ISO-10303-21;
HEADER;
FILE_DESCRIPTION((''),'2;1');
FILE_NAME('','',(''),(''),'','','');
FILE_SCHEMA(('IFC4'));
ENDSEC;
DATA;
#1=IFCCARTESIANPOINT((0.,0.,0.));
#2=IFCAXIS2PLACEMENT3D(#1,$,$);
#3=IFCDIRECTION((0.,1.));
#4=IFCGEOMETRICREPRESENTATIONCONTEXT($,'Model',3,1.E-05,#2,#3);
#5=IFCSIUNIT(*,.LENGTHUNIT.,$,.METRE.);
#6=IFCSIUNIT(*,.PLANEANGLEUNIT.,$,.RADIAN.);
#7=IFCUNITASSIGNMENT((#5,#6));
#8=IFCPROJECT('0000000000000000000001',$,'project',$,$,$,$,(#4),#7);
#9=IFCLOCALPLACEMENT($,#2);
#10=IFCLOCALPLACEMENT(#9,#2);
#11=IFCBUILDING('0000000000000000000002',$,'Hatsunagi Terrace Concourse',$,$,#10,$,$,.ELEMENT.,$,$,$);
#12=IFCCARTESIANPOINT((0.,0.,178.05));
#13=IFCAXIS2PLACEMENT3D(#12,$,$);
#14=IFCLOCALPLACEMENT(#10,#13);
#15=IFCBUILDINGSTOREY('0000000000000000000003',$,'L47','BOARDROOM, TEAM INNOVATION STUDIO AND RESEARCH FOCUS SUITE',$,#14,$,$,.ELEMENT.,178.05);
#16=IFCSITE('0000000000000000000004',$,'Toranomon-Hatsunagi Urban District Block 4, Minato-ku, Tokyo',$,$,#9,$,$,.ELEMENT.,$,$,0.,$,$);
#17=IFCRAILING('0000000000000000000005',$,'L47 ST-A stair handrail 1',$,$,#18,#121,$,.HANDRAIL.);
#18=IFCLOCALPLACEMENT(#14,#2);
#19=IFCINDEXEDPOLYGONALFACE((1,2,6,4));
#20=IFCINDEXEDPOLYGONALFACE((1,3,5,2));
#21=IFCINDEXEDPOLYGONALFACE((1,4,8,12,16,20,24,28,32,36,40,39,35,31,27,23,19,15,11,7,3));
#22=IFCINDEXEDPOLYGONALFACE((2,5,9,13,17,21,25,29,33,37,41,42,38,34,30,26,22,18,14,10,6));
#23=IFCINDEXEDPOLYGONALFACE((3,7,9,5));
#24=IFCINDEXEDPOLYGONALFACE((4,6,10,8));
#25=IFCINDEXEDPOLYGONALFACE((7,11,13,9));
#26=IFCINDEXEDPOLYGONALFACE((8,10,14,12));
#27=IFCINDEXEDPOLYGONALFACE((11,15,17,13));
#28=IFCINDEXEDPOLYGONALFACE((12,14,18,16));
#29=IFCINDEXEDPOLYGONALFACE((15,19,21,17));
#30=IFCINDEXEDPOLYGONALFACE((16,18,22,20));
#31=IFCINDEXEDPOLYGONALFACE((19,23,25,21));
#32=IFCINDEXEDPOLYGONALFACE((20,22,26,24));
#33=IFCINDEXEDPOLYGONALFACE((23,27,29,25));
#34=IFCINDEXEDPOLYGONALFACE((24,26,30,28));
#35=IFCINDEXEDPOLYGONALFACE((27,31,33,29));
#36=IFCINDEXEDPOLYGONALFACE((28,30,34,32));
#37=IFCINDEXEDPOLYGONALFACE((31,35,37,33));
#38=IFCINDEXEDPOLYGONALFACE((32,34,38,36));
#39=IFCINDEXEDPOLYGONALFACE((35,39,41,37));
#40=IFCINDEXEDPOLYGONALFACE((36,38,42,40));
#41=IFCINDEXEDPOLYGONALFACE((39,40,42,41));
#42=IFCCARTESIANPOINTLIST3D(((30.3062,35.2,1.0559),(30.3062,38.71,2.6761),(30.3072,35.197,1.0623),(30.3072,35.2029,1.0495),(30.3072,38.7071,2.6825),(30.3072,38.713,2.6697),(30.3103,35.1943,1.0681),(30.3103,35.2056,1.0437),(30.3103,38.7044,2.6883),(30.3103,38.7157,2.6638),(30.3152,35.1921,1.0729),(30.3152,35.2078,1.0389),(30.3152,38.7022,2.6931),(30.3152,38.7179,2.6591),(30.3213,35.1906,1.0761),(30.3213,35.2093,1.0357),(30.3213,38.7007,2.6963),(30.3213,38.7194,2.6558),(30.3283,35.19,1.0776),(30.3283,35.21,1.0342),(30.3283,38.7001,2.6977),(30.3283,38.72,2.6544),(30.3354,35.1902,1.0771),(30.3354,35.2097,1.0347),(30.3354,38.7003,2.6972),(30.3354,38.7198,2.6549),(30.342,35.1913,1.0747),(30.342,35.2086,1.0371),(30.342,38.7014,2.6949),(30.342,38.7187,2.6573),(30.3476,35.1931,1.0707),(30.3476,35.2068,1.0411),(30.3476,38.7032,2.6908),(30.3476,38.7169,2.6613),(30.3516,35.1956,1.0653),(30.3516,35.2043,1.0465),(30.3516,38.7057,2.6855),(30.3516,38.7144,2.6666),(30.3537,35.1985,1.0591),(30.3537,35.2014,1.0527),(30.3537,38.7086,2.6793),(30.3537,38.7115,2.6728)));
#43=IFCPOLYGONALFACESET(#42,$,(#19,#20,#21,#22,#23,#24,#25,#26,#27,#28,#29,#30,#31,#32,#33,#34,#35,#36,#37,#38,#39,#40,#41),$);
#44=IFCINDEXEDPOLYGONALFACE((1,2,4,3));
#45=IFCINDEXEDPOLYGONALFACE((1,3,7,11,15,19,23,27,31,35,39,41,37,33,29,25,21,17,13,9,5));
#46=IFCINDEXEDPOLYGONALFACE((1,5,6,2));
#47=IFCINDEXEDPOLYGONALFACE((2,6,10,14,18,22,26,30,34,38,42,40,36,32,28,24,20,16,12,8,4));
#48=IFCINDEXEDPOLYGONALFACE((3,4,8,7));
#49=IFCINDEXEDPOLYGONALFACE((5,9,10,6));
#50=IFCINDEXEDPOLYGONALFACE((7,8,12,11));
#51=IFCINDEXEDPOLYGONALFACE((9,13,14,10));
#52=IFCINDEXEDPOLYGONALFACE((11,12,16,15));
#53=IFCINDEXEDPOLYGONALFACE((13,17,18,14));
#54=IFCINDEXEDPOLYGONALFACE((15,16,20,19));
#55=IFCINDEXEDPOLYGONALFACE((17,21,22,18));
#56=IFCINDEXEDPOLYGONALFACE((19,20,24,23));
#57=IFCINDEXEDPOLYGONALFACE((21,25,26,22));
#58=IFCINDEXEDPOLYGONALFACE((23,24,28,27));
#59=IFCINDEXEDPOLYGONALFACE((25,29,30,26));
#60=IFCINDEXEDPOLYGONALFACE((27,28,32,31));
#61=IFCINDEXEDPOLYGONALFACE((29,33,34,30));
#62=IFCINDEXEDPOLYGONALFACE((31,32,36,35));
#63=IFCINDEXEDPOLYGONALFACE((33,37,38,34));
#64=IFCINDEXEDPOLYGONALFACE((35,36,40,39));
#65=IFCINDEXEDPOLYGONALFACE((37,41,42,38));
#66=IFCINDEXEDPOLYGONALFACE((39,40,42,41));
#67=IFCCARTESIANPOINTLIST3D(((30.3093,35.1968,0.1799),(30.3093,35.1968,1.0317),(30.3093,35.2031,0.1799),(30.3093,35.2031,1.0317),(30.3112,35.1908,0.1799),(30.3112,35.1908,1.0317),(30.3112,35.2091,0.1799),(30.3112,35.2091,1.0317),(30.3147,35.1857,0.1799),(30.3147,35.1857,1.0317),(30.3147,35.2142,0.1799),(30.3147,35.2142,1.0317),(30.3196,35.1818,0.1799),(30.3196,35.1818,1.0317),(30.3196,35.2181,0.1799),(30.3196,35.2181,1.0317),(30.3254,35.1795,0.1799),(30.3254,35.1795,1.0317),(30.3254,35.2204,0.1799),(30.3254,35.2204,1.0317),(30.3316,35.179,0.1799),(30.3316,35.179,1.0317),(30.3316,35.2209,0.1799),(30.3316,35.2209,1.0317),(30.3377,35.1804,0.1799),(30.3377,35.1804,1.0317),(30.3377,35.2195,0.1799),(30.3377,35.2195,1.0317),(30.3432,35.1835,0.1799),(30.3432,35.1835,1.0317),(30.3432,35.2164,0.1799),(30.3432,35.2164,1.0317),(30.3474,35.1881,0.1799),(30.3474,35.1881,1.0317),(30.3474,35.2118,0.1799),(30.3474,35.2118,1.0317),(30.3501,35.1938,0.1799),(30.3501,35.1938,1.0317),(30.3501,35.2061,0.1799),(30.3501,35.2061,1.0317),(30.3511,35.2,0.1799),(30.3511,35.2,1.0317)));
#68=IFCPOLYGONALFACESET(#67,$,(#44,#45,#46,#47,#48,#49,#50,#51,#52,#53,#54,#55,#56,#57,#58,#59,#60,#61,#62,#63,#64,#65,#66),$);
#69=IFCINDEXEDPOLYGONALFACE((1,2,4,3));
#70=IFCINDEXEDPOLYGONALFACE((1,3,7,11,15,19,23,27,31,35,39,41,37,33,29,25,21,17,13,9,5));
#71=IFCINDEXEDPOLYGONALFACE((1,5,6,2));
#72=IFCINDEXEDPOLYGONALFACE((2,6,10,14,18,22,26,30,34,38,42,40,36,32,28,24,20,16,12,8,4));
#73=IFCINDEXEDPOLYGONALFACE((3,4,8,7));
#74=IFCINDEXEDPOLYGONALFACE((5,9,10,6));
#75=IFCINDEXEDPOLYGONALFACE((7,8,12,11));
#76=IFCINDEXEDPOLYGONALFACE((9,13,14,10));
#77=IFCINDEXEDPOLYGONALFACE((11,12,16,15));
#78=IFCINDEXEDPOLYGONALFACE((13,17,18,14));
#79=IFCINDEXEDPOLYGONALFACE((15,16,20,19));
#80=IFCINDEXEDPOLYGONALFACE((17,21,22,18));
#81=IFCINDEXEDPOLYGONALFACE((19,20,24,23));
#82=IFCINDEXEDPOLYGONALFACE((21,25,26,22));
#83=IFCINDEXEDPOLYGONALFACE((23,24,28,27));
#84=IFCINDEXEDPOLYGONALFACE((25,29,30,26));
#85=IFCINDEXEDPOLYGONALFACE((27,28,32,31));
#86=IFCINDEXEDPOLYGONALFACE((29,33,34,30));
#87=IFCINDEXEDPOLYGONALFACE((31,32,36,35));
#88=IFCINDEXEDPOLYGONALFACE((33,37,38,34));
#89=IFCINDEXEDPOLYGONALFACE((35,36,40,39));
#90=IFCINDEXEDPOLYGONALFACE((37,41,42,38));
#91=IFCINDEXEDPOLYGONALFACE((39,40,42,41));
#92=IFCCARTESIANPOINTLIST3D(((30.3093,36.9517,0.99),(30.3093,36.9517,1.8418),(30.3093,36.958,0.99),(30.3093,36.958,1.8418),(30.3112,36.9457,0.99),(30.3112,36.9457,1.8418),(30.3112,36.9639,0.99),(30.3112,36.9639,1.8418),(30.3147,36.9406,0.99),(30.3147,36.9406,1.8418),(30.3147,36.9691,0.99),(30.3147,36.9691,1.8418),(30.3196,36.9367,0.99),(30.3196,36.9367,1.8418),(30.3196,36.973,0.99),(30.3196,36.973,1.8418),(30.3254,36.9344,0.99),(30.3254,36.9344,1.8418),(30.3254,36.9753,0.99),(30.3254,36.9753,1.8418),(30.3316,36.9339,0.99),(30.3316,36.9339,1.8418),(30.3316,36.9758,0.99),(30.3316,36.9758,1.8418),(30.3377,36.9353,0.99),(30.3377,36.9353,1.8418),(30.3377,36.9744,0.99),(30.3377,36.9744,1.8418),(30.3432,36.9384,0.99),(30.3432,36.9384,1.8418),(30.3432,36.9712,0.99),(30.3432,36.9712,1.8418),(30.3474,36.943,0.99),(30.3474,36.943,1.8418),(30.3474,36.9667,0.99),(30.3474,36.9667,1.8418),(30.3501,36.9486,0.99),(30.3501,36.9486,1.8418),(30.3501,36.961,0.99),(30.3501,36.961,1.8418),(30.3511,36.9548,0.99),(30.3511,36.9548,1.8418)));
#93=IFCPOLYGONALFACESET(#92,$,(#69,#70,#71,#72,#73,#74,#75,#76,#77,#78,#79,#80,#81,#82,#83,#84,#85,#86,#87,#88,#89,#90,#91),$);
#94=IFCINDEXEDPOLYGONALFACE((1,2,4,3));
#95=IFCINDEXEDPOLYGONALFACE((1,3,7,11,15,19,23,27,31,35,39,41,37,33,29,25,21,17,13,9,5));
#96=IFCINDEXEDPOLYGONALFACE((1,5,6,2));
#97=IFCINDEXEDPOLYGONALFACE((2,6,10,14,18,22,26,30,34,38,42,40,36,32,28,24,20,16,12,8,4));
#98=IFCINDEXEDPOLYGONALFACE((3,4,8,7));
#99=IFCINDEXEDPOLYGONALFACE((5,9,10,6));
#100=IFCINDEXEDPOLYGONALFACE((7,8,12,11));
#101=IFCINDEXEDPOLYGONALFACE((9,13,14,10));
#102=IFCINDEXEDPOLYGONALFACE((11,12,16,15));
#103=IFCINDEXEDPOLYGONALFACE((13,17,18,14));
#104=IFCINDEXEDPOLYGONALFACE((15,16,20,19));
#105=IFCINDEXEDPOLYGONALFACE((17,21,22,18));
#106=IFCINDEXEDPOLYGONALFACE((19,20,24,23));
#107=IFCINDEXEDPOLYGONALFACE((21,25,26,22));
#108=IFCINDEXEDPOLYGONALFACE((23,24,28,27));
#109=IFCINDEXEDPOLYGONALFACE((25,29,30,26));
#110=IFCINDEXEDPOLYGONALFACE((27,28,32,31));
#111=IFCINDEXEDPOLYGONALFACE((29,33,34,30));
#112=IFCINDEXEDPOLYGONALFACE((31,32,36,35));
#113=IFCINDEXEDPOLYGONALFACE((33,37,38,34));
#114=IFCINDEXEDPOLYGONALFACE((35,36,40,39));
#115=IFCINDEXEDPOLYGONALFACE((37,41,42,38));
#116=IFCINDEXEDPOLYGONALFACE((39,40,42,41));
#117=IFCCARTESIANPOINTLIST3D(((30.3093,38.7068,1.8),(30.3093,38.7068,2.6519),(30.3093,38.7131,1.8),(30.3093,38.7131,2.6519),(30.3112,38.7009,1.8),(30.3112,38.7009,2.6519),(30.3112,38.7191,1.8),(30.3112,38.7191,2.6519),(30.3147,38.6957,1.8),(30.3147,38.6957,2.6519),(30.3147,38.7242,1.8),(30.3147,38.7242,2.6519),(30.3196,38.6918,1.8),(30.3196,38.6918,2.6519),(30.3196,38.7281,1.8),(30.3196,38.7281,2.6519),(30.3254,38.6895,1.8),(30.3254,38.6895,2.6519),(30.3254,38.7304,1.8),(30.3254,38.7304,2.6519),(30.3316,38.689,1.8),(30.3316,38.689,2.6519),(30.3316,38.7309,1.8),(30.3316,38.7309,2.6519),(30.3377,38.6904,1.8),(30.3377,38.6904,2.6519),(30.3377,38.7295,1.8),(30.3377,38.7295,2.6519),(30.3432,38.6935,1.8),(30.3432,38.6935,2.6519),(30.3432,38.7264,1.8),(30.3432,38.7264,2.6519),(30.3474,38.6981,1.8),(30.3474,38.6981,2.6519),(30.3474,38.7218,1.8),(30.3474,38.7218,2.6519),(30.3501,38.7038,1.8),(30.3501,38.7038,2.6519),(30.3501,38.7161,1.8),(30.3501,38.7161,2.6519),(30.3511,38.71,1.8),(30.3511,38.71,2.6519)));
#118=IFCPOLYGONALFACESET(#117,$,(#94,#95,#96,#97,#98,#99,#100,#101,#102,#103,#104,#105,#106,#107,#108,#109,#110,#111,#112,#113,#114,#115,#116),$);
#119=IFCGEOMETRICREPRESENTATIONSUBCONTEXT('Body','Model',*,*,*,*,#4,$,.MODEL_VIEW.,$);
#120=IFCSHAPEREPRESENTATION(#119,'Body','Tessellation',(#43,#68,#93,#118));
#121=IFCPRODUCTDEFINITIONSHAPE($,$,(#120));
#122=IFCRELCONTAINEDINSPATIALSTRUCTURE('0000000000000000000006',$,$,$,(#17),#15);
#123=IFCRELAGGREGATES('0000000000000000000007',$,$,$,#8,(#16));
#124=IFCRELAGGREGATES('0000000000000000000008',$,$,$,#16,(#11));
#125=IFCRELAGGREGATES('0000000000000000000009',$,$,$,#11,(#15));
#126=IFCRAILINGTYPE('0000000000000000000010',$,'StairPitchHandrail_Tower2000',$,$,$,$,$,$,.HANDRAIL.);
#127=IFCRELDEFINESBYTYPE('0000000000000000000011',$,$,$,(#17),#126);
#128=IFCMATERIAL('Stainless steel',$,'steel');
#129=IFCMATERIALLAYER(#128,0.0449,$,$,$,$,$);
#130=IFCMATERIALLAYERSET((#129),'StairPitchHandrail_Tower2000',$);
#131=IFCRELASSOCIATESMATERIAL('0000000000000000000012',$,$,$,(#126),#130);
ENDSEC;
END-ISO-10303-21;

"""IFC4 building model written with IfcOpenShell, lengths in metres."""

from ifc_helpers import new_model, si_unit, direction, frame, origin, origin_2d, place, context, subcontext, project, spatial, circle, extrude, material, layer, layer_set, type_object, element, save


model = new_model("IFC4")

# Units and contexts
model_context = context("Model", 3, precision=1e-05, world=origin(), true_north=direction((0.0, 1.0)))
body_context = subcontext(model_context, "Body", "Model", "MODEL_VIEW")
ifc_project = project(units=[si_unit("LENGTHUNIT", "METRE"), si_unit("PLANEANGLEUNIT", "RADIAN")], contexts=[model_context])

# Site, building, storey
site_placement = place(None, origin())
site = spatial("IfcSite", under=ifc_project, at=site_placement, Name="Toranomon-Hatsunagi Urban District Block 4, Minato-ku, Tokyo", CompositionType="ELEMENT", RefElevation=0.0)
building_placement = place(site_placement, origin())
building = spatial("IfcBuilding", under=site, at=building_placement, Name="Hatsunagi Terrace Concourse", CompositionType="ELEMENT")
storey_placement = place(building_placement, frame((0.0, 0.0, 178.05)))
storey = spatial("IfcBuildingStorey", under=building, at=storey_placement, Name="L47", Description="BOARDROOM, TEAM INNOVATION STUDIO AND RESEARCH FOCUS SUITE", CompositionType="ELEMENT", Elevation=178.05)

# Railing
ifc_material_1 = material(Name="Stainless steel", Category="steel")
ifc_layer_1 = layer(ifc_material_1, 0.0449)
ifc_layer_set_1 = layer_set([ifc_layer_1], Name="StairPitchHandrail_Tower2000")
railing_type = type_object("IfcRailingType", Name="StairPitchHandrail_Tower2000", PredefinedType="HANDRAIL", material=ifc_layer_set_1)
railing_placement = place(storey_placement, frame((30.3301, 35.2, 0.1799)))
element("IfcRailing", 1, at=railing_placement, inside=storey, type_object=railing_type, Name="L47 ST-A stair handrail 1", PredefinedType="HANDRAIL", context=body_context, shape_type="SweptSolid", body=[
    extrude(circle(Radius=0.0239, at=origin_2d()), frame((0.0, 0.0, 0.876), z_axis=(0.0, 0.907948, 0.419082), x_axis=(-1.0, 0.0, 0.0)), (0.0, 0.0, 1.0), 3.866),
    extrude(circle(Radius=0.021, at=origin_2d()), origin(), (0.0, 0.0, 1.0), 0.8518),
    extrude(circle(Radius=0.021, at=origin_2d()), frame((0.0, 1.7549, 0.8101)), (0.0, 0.0, 1.0), 0.8518),
    extrude(circle(Radius=0.021, at=origin_2d()), frame((0.0, 3.51, 1.6201)), (0.0, 0.0, 1.0), 0.8518),
])

save(model, "model.ifc")
